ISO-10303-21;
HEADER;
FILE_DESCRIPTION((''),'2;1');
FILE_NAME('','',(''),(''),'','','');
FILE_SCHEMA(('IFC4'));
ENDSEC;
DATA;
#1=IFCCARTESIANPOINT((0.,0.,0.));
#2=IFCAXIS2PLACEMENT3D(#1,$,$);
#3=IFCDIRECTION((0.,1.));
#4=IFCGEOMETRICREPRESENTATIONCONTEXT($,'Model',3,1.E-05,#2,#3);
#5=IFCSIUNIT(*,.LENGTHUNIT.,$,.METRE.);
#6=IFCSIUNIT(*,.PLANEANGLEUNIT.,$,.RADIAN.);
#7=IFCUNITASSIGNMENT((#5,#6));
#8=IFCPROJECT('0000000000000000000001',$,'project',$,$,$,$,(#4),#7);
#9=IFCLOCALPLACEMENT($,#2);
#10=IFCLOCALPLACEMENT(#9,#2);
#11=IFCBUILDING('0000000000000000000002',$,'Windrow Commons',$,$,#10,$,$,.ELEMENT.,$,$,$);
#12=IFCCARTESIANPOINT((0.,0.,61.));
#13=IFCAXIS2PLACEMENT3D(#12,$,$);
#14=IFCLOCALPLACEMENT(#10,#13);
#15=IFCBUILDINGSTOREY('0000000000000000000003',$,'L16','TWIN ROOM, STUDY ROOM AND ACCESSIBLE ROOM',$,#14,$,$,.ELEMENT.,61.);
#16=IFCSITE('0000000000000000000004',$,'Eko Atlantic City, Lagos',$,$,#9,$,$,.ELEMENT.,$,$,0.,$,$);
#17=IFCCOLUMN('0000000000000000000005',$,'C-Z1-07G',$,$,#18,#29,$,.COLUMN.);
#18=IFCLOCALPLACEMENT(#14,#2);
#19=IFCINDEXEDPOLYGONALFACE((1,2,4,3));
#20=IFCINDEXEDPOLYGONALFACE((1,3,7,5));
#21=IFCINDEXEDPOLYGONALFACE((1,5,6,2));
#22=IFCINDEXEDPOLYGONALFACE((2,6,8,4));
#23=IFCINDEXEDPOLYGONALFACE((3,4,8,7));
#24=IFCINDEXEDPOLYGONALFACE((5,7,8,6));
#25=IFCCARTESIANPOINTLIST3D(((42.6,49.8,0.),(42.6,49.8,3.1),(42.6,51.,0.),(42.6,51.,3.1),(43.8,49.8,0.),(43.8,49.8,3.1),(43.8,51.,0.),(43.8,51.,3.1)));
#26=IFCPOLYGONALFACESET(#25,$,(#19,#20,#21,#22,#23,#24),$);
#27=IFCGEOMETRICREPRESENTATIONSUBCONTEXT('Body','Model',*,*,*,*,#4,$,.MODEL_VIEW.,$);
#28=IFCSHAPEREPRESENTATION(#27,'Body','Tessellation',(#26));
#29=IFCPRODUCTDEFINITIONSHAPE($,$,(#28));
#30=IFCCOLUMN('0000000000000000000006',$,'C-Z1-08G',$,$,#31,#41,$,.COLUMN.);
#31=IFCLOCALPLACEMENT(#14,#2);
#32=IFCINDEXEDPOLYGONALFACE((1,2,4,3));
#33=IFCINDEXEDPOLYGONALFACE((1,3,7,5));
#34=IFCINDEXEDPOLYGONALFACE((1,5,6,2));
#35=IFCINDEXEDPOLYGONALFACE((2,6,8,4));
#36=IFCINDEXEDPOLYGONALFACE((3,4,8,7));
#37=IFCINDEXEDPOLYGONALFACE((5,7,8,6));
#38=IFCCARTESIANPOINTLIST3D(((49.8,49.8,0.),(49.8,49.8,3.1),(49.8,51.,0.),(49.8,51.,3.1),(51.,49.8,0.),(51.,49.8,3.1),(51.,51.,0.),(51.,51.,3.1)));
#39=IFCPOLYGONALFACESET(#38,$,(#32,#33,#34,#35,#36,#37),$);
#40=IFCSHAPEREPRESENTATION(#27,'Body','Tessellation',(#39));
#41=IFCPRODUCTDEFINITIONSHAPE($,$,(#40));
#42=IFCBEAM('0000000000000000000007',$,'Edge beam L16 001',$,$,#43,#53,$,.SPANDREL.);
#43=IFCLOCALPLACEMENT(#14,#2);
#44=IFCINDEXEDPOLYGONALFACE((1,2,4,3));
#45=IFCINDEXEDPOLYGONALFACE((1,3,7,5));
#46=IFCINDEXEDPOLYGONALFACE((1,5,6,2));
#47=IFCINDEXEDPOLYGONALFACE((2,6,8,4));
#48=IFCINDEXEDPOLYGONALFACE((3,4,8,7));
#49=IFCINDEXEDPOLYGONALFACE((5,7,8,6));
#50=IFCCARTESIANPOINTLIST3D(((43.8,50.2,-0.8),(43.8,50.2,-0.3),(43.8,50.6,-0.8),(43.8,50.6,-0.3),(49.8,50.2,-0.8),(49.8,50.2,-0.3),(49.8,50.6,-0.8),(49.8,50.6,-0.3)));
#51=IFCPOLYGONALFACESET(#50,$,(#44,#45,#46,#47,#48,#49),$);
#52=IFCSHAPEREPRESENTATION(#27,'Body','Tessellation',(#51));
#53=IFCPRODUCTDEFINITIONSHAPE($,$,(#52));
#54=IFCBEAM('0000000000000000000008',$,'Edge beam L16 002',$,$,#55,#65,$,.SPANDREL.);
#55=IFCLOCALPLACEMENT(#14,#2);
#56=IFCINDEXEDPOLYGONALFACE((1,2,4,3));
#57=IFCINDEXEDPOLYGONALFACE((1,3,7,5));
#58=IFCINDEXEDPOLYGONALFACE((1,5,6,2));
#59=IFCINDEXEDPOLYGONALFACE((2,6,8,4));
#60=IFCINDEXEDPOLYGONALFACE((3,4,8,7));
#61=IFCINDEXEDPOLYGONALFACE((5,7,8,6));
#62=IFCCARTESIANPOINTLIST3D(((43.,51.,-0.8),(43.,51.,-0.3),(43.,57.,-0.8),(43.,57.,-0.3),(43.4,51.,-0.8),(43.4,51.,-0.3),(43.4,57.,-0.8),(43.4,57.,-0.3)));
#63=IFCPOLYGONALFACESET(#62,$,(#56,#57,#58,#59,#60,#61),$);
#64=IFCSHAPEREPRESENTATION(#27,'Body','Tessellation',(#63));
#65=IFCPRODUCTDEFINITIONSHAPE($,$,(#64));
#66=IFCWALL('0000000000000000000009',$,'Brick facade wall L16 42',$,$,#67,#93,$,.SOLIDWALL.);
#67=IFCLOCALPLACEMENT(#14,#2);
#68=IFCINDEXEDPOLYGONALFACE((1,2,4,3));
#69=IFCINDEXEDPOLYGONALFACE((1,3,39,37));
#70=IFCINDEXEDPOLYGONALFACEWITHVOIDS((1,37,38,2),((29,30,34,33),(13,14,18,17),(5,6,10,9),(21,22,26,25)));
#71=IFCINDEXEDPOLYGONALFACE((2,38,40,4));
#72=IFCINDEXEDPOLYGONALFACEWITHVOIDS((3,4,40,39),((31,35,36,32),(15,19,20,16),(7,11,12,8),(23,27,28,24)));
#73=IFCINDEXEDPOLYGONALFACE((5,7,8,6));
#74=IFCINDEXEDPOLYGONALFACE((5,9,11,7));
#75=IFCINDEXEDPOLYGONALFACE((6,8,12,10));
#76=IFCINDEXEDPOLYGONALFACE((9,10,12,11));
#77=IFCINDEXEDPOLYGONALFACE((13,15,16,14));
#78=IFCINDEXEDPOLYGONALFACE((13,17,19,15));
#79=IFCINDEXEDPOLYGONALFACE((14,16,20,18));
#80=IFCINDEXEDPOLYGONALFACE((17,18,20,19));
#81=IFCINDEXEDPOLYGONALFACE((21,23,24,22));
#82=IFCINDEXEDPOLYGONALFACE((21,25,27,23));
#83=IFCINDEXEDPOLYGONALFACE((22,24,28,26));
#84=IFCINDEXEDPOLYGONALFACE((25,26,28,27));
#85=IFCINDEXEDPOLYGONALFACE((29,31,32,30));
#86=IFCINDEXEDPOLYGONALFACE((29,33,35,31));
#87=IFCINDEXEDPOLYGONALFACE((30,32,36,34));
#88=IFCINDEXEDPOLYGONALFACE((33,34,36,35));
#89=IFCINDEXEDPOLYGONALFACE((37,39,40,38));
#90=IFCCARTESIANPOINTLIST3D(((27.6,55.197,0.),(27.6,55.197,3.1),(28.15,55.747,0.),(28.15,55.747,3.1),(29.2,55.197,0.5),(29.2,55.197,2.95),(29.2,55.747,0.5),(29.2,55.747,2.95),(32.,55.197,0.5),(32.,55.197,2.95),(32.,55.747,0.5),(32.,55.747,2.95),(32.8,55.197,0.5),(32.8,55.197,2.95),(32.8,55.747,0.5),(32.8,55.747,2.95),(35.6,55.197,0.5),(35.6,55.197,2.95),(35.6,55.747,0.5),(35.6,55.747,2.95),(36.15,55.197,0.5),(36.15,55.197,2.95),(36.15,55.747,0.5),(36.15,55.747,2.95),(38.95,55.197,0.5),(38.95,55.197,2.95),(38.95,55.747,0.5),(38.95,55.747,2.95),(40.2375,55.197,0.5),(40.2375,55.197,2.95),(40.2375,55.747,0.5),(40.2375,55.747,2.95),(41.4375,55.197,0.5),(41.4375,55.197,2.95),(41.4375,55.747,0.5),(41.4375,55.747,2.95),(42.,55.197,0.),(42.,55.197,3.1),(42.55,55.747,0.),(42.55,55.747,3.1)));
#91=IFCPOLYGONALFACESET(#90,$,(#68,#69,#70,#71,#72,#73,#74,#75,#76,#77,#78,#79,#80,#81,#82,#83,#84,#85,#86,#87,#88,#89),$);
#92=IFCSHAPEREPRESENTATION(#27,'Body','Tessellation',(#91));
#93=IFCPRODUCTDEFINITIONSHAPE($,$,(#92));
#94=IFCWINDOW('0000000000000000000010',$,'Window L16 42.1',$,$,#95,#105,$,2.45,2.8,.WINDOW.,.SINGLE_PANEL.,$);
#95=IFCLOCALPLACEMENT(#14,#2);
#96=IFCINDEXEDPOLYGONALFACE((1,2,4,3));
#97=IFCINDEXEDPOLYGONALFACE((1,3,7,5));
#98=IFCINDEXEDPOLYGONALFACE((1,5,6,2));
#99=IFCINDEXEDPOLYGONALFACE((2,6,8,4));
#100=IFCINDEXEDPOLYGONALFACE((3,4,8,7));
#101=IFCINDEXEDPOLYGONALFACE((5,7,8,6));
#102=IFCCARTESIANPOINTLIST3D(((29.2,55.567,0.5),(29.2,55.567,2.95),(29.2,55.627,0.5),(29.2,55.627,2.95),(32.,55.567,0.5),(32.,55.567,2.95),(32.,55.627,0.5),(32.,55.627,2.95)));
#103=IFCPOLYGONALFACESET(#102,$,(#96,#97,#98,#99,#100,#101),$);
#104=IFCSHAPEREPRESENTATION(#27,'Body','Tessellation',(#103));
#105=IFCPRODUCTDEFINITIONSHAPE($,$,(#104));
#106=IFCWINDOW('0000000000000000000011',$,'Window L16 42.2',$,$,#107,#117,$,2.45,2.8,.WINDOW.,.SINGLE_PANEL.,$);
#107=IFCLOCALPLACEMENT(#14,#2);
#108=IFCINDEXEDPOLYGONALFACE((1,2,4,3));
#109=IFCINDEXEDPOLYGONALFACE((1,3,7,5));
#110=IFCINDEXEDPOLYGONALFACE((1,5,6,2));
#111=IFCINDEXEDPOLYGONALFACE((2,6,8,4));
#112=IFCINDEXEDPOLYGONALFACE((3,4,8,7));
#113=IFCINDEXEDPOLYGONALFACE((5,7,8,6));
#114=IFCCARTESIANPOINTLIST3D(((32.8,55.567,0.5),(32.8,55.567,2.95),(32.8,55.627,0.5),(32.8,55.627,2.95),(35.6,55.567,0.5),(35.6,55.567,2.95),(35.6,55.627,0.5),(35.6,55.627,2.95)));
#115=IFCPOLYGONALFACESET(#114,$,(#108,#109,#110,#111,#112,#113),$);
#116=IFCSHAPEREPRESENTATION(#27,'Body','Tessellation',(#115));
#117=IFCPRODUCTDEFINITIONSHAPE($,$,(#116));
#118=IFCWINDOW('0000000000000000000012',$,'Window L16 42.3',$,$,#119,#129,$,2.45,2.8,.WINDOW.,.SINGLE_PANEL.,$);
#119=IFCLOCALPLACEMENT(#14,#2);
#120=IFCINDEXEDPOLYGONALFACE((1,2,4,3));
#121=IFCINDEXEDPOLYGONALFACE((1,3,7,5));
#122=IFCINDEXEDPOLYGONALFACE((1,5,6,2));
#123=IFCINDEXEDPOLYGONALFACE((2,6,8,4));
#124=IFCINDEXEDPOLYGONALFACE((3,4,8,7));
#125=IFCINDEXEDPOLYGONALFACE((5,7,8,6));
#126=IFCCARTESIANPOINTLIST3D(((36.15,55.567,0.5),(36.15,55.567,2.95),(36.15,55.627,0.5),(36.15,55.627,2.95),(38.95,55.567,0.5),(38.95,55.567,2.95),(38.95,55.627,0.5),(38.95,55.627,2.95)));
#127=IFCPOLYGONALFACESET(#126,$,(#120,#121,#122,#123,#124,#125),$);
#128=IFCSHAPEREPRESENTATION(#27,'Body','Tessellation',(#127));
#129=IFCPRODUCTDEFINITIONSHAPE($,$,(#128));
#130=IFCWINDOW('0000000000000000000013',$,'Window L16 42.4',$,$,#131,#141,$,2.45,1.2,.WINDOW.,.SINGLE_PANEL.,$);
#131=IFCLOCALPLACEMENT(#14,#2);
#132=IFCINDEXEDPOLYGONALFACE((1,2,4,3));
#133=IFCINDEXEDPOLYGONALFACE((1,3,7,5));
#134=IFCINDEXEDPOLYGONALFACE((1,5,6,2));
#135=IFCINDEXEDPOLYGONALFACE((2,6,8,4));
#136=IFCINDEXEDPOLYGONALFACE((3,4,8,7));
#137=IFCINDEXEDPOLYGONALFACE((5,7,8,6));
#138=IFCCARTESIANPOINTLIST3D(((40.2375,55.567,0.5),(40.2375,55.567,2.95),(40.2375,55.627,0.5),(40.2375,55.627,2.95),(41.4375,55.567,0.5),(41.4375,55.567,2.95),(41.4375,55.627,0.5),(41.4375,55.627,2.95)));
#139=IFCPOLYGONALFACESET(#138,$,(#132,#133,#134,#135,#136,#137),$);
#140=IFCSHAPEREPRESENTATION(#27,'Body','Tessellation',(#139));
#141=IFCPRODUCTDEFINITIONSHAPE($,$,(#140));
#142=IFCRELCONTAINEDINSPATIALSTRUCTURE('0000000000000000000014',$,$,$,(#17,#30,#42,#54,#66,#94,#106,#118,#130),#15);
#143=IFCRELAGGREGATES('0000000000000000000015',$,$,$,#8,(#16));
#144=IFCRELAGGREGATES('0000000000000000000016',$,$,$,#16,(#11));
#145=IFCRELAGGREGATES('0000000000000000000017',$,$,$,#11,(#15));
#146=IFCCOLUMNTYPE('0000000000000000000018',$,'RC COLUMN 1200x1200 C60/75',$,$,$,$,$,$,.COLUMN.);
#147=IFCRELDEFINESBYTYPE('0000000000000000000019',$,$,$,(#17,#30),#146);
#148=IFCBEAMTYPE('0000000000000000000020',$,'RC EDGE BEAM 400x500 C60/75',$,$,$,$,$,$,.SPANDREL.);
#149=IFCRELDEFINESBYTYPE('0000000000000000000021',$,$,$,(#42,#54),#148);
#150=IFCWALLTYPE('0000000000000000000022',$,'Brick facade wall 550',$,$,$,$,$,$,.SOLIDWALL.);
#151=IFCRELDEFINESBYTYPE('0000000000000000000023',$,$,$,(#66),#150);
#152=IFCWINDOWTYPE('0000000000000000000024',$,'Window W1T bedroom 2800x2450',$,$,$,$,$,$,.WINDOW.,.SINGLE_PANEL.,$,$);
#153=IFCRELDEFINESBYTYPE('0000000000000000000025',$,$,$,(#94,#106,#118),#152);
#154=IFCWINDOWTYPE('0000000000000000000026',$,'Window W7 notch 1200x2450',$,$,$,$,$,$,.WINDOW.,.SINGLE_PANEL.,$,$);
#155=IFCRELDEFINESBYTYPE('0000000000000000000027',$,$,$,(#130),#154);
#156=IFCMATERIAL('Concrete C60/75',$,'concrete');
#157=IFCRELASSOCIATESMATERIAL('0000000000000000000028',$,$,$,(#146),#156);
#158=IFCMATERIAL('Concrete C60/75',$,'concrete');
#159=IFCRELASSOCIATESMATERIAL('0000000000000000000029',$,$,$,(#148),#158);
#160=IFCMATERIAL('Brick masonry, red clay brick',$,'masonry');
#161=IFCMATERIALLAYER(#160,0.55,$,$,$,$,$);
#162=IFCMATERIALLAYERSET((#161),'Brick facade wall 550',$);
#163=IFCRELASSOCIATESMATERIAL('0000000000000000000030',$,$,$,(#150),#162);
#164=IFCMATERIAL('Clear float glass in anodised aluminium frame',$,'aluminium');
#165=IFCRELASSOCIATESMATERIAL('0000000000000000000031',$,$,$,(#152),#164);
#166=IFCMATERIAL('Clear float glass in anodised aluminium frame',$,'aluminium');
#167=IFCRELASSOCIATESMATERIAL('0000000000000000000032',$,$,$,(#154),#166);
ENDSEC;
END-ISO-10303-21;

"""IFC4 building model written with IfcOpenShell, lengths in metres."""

from ifc_helpers import new_model, si_unit, direction, frame, frame_2d, origin, origin_2d, place, context, subcontext, project, spatial, polyline, rectangle, outline, extrude, material, layer, layer_set, material_profile, profile_set, type_object, element, fill, save


model = new_model("IFC4")

# Units and contexts
model_context = context("Model", 3, precision=1e-05, world=origin(), true_north=direction((0.0, 1.0)))
body_context = subcontext(model_context, "Body", "Model", "MODEL_VIEW")
ifc_project = project(units=[si_unit("LENGTHUNIT", "METRE"), si_unit("PLANEANGLEUNIT", "RADIAN")], contexts=[model_context])

# Site, building, storey
site_placement = place(None, origin())
site = spatial("IfcSite", under=ifc_project, at=site_placement, Name="Eko Atlantic City, Lagos", CompositionType="ELEMENT", RefElevation=0.0)
building_placement = place(site_placement, origin())
building = spatial("IfcBuilding", under=site, at=building_placement, Name="Windrow Commons", CompositionType="ELEMENT")
storey_placement = place(building_placement, frame((0.0, 0.0, 61.0)))
storey = spatial("IfcBuildingStorey", under=building, at=storey_placement, Name="L16", Description="TWIN ROOM, STUDY ROOM AND ACCESSIBLE ROOM", CompositionType="ELEMENT", Elevation=61.0)

# Columns
ifc_material_1 = material(Name="Concrete C60/75", Category="concrete")
ifc_material_profile_1 = material_profile(ifc_material_1, rectangle(XDim=1.2, YDim=1.2, at=origin_2d()))
ifc_profile_set_1 = profile_set([ifc_material_profile_1], Name="Concrete C60/75")
column_type = type_object("IfcColumnType", Name="RC COLUMN 1200x1200 C60/75", PredefinedType="COLUMN", material=ifc_profile_set_1)
for number, where, z_axis, x_axis, name in (
    (1, (43.2, 50.4, 0.0), (0.0, 0.0, 1.0), (1.0, 0.0, 0.0), "C-Z1-07G"),
    (2, (50.4, 50.4, 0.0), (0.0, 0.0, 1.0), (1.0, 0.0, 0.0), "C-Z1-08G"),
):
    element("IfcColumn", number, at=place(storey_placement, frame(where, z_axis=z_axis, x_axis=x_axis)), inside=storey, type_object=column_type, Name=name, PredefinedType="COLUMN", context=body_context, shape_type="SweptSolid", body=[
        extrude(rectangle(XDim=1.2, YDim=1.2, at=origin_2d()), origin(), (0.0, 0.0, 1.0), 3.1),
    ])

# Beams
ifc_material_2 = material(Name="Concrete C60/75", Category="concrete")
ifc_material_profile_2 = material_profile(ifc_material_2, rectangle(XDim=0.4, YDim=0.5, at=origin_2d()))
ifc_profile_set_2 = profile_set([ifc_material_profile_2], Name="Concrete C60/75")
beam_type = type_object("IfcBeamType", Name="RC EDGE BEAM 400x500 C60/75", PredefinedType="SPANDREL", material=ifc_profile_set_2)
for number, where, z_axis, x_axis, name in (
    (3, (49.8, 50.4, -0.55), (-1.0, 0.0, 0.0), (0.0, -1.0, 0.0), "Edge beam L16 001"),
    (4, (43.2, 51.0, -0.55), (0.0, 1.0, 0.0), (-1.0, 0.0, 0.0), "Edge beam L16 002"),
):
    element("IfcBeam", number, at=place(storey_placement, frame(where, z_axis=z_axis, x_axis=x_axis)), inside=storey, type_object=beam_type, Name=name, PredefinedType="SPANDREL", context=body_context, shape_type="SweptSolid", body=[
        extrude(rectangle(XDim=0.4, YDim=0.5, at=origin_2d()), origin(), (0.0, 0.0, 1.0), 6.0),
    ])

# Wall, openings, windows
ifc_material_3 = material(Name="Brick masonry, red clay brick", Category="masonry")
ifc_layer_1 = layer(ifc_material_3, 0.55)
ifc_layer_set_1 = layer_set([ifc_layer_1], Name="Brick facade wall 550")
wall_type_1 = type_object("IfcWallType", Name="Brick facade wall 550", PredefinedType="SOLIDWALL", material=ifc_layer_set_1)
wall_1_placement = place(storey_placement, frame((27.875, 55.472, 0.0), z_axis=(0.0, 0.0, 1.0), x_axis=(1.0, 0.0, 0.0)))
wall_1 = element("IfcWall", 5, at=wall_1_placement, inside=storey, type_object=wall_type_1, Name="Brick facade wall L16 42", PredefinedType="SOLIDWALL", context=body_context, shape_type="SweptSolid", body=[
    extrude(outline(polyline([(-0.275, -0.275), (14.125, -0.275), (14.675, 0.275), (0.275, 0.275), (-0.275, -0.275)])), origin(), (0.0, 0.0, 1.0), 3.1),
])
opening_1_placement = place(wall_1_placement, frame((1.325, 0.0, 0.5)))
opening_1 = element("IfcOpeningElement", 6, at=opening_1_placement, cuts=wall_1, PredefinedType="OPENING", context=body_context, shape_type="SweptSolid", body=[
    extrude(rectangle(XDim=2.8, YDim=2.45, at=frame_2d((1.4, 1.225))), frame((0.0, 0.285, 0.0), z_axis=(0.0, -1.0, 0.0), x_axis=(1.0, 0.0, 0.0)), (0.0, 0.0, 1.0), 0.57),
])
opening_2_placement = place(wall_1_placement, frame((4.925, 0.0, 0.5)))
opening_2 = element("IfcOpeningElement", 7, at=opening_2_placement, cuts=wall_1, PredefinedType="OPENING", context=body_context, shape_type="SweptSolid", body=[
    extrude(rectangle(XDim=2.8, YDim=2.45, at=frame_2d((1.4, 1.225))), frame((0.0, 0.285, 0.0), z_axis=(0.0, -1.0, 0.0), x_axis=(1.0, 0.0, 0.0)), (0.0, 0.0, 1.0), 0.57),
])
opening_3_placement = place(wall_1_placement, frame((8.275, 0.0, 0.5)))
opening_3 = element("IfcOpeningElement", 8, at=opening_3_placement, cuts=wall_1, PredefinedType="OPENING", context=body_context, shape_type="SweptSolid", body=[
    extrude(rectangle(XDim=2.8, YDim=2.45, at=frame_2d((1.4, 1.225))), frame((0.0, 0.285, 0.0), z_axis=(0.0, -1.0, 0.0), x_axis=(1.0, 0.0, 0.0)), (0.0, 0.0, 1.0), 0.57),
])
opening_4_placement = place(wall_1_placement, frame((12.3625, 0.0, 0.5)))
opening_4 = element("IfcOpeningElement", 9, at=opening_4_placement, cuts=wall_1, PredefinedType="OPENING", context=body_context, shape_type="SweptSolid", body=[
    extrude(rectangle(XDim=1.2, YDim=2.45, at=frame_2d((0.6, 1.225))), frame((0.0, 0.285, 0.0), z_axis=(0.0, -1.0, 0.0), x_axis=(1.0, 0.0, 0.0)), (0.0, 0.0, 1.0), 0.57),
])
ifc_material_4 = material(Name="Clear float glass in anodised aluminium frame", Category="aluminium")
window_type_1 = type_object("IfcWindowType", Name="Window W1T bedroom 2800x2450", PartitioningType="SINGLE_PANEL", PredefinedType="WINDOW", material=ifc_material_4)
window_1_placement = place(opening_1_placement, origin())
window_1 = element("IfcWindow", 10, at=window_1_placement, inside=storey, type_object=window_type_1, Name="Window L16 42.1", OverallHeight=2.45, OverallWidth=2.8, PartitioningType="SINGLE_PANEL", PredefinedType="WINDOW", context=body_context, shape_type="SweptSolid", body=[
    extrude(rectangle(XDim=2.8, YDim=2.45, at=frame_2d((1.4, 1.225))), frame((0.0, 0.155, 0.0), z_axis=(0.0, -1.0, 0.0), x_axis=(1.0, 0.0, 0.0)), (0.0, 0.0, 1.0), 0.06),
])
fill(opening_1, window_1)
window_2_placement = place(opening_2_placement, origin())
window_2 = element("IfcWindow", 11, at=window_2_placement, inside=storey, type_object=window_type_1, Name="Window L16 42.2", OverallHeight=2.45, OverallWidth=2.8, PartitioningType="SINGLE_PANEL", PredefinedType="WINDOW", context=body_context, shape_type="SweptSolid", body=[
    extrude(rectangle(XDim=2.8, YDim=2.45, at=frame_2d((1.4, 1.225))), frame((0.0, 0.155, 0.0), z_axis=(0.0, -1.0, 0.0), x_axis=(1.0, 0.0, 0.0)), (0.0, 0.0, 1.0), 0.06),
])
fill(opening_2, window_2)
window_3_placement = place(opening_3_placement, origin())
window_3 = element("IfcWindow", 12, at=window_3_placement, inside=storey, type_object=window_type_1, Name="Window L16 42.3", OverallHeight=2.45, OverallWidth=2.8, PartitioningType="SINGLE_PANEL", PredefinedType="WINDOW", context=body_context, shape_type="SweptSolid", body=[
    extrude(rectangle(XDim=2.8, YDim=2.45, at=frame_2d((1.4, 1.225))), frame((0.0, 0.155, 0.0), z_axis=(0.0, -1.0, 0.0), x_axis=(1.0, 0.0, 0.0)), (0.0, 0.0, 1.0), 0.06),
])
fill(opening_3, window_3)
ifc_material_5 = material(Name="Clear float glass in anodised aluminium frame", Category="aluminium")
window_type_2 = type_object("IfcWindowType", Name="Window W7 notch 1200x2450", PartitioningType="SINGLE_PANEL", PredefinedType="WINDOW", material=ifc_material_5)
window_4_placement = place(opening_4_placement, origin())
window_4 = element("IfcWindow", 13, at=window_4_placement, inside=storey, type_object=window_type_2, Name="Window L16 42.4", OverallHeight=2.45, OverallWidth=1.2, PartitioningType="SINGLE_PANEL", PredefinedType="WINDOW", context=body_context, shape_type="SweptSolid", body=[
    extrude(rectangle(XDim=1.2, YDim=2.45, at=frame_2d((0.6, 1.225))), frame((0.0, 0.155, 0.0), z_axis=(0.0, -1.0, 0.0), x_axis=(1.0, 0.0, 0.0)), (0.0, 0.0, 1.0), 0.06),
])
fill(opening_4, window_4)

save(model, "model.ifc")
